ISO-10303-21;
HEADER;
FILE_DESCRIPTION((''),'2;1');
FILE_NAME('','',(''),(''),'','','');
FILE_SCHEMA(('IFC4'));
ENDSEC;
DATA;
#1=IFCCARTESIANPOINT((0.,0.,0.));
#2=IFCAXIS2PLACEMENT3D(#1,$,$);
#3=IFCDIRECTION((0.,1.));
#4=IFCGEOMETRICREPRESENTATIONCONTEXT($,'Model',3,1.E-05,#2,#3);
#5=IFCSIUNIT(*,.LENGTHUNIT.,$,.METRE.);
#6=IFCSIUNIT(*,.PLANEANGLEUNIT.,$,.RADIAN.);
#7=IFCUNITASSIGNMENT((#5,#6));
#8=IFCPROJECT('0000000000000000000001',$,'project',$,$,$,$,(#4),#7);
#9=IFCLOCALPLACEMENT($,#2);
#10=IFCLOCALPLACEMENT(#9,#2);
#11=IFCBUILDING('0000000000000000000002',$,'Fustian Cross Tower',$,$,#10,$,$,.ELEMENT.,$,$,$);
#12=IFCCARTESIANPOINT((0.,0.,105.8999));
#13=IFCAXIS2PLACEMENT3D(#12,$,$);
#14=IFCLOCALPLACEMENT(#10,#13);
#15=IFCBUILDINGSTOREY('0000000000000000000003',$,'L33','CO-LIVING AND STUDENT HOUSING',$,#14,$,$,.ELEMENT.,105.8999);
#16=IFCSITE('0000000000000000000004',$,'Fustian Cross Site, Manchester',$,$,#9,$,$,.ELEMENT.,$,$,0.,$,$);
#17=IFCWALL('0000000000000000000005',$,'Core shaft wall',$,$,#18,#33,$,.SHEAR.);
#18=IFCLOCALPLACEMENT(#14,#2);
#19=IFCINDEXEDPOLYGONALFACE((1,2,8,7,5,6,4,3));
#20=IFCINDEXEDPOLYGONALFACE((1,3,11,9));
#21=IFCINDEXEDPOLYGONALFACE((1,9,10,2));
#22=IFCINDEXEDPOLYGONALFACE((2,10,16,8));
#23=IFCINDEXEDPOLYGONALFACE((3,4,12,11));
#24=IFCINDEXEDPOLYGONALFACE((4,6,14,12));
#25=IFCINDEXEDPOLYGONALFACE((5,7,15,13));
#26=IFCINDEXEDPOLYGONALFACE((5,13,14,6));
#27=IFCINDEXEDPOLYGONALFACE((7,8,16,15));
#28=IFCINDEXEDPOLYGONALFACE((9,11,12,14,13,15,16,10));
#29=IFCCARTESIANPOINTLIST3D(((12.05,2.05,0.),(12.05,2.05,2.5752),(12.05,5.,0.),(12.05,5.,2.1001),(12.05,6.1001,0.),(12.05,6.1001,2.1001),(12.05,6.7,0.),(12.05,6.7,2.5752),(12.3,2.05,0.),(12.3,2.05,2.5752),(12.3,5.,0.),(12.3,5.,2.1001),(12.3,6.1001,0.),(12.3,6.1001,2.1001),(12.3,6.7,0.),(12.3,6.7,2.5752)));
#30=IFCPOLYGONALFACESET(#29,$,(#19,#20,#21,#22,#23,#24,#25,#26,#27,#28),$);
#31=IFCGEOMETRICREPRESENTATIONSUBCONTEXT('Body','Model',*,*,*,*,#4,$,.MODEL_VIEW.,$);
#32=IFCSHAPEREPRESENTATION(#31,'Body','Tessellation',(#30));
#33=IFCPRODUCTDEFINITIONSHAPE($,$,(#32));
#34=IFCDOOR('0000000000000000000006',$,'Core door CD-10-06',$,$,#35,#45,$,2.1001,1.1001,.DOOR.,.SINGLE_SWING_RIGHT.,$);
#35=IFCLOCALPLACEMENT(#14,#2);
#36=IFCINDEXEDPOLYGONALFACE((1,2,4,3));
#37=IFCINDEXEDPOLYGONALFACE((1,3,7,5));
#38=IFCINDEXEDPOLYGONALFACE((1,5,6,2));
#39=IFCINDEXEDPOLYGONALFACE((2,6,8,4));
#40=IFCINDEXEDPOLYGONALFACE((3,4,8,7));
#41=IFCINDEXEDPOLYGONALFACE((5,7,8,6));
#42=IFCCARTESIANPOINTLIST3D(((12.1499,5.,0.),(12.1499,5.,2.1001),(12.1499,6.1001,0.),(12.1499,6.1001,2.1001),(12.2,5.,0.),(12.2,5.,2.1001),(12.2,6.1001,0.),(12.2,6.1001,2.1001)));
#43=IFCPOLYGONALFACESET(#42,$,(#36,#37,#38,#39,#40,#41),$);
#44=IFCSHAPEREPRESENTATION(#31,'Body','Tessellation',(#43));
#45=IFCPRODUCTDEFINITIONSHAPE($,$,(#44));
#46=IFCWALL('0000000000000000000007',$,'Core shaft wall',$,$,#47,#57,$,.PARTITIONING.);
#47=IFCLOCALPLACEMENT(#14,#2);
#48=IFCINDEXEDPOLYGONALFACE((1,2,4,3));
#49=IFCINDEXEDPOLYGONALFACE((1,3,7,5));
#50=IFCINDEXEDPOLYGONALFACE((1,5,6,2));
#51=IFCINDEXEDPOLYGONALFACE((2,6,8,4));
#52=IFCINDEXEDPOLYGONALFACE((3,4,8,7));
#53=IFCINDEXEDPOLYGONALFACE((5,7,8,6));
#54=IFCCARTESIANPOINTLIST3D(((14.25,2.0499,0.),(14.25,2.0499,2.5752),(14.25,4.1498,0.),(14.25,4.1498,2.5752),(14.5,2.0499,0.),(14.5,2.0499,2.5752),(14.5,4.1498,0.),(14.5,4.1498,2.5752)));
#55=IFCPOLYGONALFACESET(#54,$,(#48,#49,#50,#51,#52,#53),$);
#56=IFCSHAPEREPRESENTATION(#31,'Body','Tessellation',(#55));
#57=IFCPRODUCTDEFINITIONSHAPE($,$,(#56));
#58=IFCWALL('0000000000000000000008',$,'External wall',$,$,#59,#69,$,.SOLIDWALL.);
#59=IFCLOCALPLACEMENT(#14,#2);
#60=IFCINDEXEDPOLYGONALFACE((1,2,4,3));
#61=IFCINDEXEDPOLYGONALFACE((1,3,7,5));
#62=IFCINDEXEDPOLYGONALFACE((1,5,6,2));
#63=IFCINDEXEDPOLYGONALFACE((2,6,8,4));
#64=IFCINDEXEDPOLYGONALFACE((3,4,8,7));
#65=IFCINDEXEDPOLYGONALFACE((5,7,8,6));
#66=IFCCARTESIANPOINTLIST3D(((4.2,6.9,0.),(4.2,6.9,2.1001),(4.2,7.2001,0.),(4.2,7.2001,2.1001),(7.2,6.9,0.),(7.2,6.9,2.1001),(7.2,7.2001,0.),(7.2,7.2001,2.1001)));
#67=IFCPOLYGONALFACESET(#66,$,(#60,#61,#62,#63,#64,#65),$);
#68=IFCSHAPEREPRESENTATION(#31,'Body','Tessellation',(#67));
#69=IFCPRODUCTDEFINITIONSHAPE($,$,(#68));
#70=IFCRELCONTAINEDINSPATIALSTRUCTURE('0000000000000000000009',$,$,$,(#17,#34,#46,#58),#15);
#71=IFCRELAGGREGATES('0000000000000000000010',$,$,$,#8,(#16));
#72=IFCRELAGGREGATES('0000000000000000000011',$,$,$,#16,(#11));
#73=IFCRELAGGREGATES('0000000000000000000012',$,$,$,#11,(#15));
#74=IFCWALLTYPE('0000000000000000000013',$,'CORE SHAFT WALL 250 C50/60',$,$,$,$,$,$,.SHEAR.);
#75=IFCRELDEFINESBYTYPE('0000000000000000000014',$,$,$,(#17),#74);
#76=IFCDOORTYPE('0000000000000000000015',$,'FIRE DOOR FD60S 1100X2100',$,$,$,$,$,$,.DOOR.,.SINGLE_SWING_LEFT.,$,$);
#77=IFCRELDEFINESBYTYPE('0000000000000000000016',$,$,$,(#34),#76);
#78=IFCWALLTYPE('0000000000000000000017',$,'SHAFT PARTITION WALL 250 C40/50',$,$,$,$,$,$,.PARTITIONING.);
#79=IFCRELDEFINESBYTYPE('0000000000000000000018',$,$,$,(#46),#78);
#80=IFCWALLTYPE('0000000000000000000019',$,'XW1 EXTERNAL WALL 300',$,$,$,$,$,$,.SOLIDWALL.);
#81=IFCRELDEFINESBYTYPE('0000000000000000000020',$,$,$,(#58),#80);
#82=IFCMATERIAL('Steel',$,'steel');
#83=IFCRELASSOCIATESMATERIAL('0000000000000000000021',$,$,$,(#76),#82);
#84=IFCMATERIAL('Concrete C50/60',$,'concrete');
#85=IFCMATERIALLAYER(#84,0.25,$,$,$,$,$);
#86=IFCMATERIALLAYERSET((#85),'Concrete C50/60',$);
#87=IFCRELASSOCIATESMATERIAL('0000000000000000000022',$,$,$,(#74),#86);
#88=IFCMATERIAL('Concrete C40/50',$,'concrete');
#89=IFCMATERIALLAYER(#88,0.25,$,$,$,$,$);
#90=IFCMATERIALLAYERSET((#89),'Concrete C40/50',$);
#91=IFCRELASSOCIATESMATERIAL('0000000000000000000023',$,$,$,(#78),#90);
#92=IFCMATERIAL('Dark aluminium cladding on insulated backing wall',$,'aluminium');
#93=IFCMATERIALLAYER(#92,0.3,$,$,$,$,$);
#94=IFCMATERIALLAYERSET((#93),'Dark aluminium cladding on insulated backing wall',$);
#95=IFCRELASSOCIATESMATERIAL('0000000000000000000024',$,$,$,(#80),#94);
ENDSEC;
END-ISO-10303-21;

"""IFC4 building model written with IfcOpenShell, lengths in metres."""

from ifc_helpers import new_model, si_unit, direction, frame, frame_2d, origin, place, context, subcontext, project, spatial, rectangle, extrude, material, layer, layer_set, type_object, element, fill, save


model = new_model("IFC4")

# Units and contexts
model_context = context("Model", 3, precision=1e-05, world=origin(), true_north=direction((0.0, 1.0)))
body_context = subcontext(model_context, "Body", "Model", "MODEL_VIEW")
ifc_project = project(units=[si_unit("LENGTHUNIT", "METRE"), si_unit("PLANEANGLEUNIT", "RADIAN")], contexts=[model_context])

# Site, building, storey
site_placement = place(None, origin())
site = spatial("IfcSite", under=ifc_project, at=site_placement, Name="Fustian Cross Site, Manchester", CompositionType="ELEMENT", RefElevation=0.0)
building_placement = place(site_placement, origin())
building = spatial("IfcBuilding", under=site, at=building_placement, Name="Fustian Cross Tower", CompositionType="ELEMENT")
storey_placement = place(building_placement, frame((0.0, 0.0, 105.8999)))
storey = spatial("IfcBuildingStorey", under=building, at=storey_placement, Name="L33", Description="CO-LIVING AND STUDENT HOUSING", CompositionType="ELEMENT", Elevation=105.8999)

# Shared definitions
ifc_material_1 = material(Name="Steel", Category="steel")
door_type_1 = type_object("IfcDoorType", Name="FIRE DOOR FD60S 1100X2100", OperationType="SINGLE_SWING_LEFT", PredefinedType="DOOR", material=ifc_material_1)

# Shared definitions
ifc_material_2 = material(Name="Concrete C50/60", Category="concrete")
ifc_layer_1 = layer(ifc_material_2, 0.25)
ifc_layer_set_1 = layer_set([ifc_layer_1], Name="Concrete C50/60")
wall_type_1 = type_object("IfcWallType", Name="CORE SHAFT WALL 250 C50/60", PredefinedType="SHEAR", material=ifc_layer_set_1)

# Wall, opening, door
wall_1_placement = place(storey_placement, frame((12.175, 2.05, 0.0), z_axis=(0.0, 0.0, 1.0), x_axis=(0.0, 1.0, 0.0)))
wall_1 = element("IfcWall", 1, at=wall_1_placement, inside=storey, type_object=wall_type_1, Name="Core shaft wall", PredefinedType="SHEAR", context=body_context, shape_type="SweptSolid", body=[
    extrude(rectangle(XDim=4.6499, YDim=0.25, at=frame_2d((2.325, 0.0))), origin(), (0.0, 0.0, 1.0), 2.5752),
])
opening_1_placement = place(wall_1_placement, frame((2.95, 0.0, 0.0)))
opening_1 = element("IfcOpeningElement", 2, at=opening_1_placement, cuts=wall_1, PredefinedType="OPENING", context=body_context, shape_type="SweptSolid", body=[
    extrude(rectangle(XDim=1.1001, YDim=2.1001, at=frame_2d((0.55, 1.05))), frame((0.0, 0.135, 0.0), z_axis=(0.0, -1.0, 0.0), x_axis=(1.0, 0.0, 0.0)), (0.0, 0.0, 1.0), 0.27),
])
door_1_placement = place(opening_1_placement, frame((1.1001, 0.0, 0.0), z_axis=(0.0, 0.0, 1.0), x_axis=(-1.0, 0.0, 0.0)))
door_1 = element("IfcDoor", 3, at=door_1_placement, inside=storey, type_object=door_type_1, Name="Core door CD-10-06", OperationType="SINGLE_SWING_RIGHT", OverallHeight=2.1001, OverallWidth=1.1001, PredefinedType="DOOR", context=body_context, shape_type="SweptSolid", body=[
    extrude(rectangle(XDim=1.1001, YDim=2.1001, at=frame_2d((0.55, 1.05))), frame((0.0, 0.0249, 0.0), z_axis=(0.0, -1.0, 0.0), x_axis=(1.0, 0.0, 0.0)), (0.0, 0.0, 1.0), 0.05),
])
fill(opening_1, door_1)

# Walls
ifc_material_3 = material(Name="Concrete C40/50", Category="concrete")
ifc_layer_2 = layer(ifc_material_3, 0.25)
ifc_layer_set_2 = layer_set([ifc_layer_2], Name="Concrete C40/50")
wall_type_2 = type_object("IfcWallType", Name="SHAFT PARTITION WALL 250 C40/50", PredefinedType="PARTITIONING", material=ifc_layer_set_2)
wall_2_placement = place(storey_placement, frame((14.375, 2.05, 0.0), z_axis=(0.0, 0.0, 1.0), x_axis=(0.0, 1.0, 0.0)))
element("IfcWall", 4, at=wall_2_placement, inside=storey, type_object=wall_type_2, Name="Core shaft wall", PredefinedType="PARTITIONING", context=body_context, shape_type="SweptSolid", body=[
    extrude(rectangle(XDim=2.0999, YDim=0.25, at=frame_2d((1.0498, 0.0))), origin(), (0.0, 0.0, 1.0), 2.5752),
])
ifc_material_4 = material(Name="Dark aluminium cladding on insulated backing wall", Category="aluminium")
ifc_layer_3 = layer(ifc_material_4, 0.3)
ifc_layer_set_3 = layer_set([ifc_layer_3], Name="Dark aluminium cladding on insulated backing wall")
wall_type_3 = type_object("IfcWallType", Name="XW1 EXTERNAL WALL 300", PredefinedType="SOLIDWALL", material=ifc_layer_set_3)
wall_3_placement = place(storey_placement, frame((7.2, 7.05, 0.0), z_axis=(0.0, 0.0, 1.0), x_axis=(-1.0, 0.0, 0.0)))
element("IfcWall", 5, at=wall_3_placement, inside=storey, type_object=wall_type_3, Name="External wall", PredefinedType="SOLIDWALL", context=body_context, shape_type="SweptSolid", body=[
    extrude(rectangle(XDim=3.0, YDim=0.3, at=frame_2d((1.5, 0.0))), origin(), (0.0, 0.0, 1.0), 2.1001),
])

save(model, "model.ifc")
